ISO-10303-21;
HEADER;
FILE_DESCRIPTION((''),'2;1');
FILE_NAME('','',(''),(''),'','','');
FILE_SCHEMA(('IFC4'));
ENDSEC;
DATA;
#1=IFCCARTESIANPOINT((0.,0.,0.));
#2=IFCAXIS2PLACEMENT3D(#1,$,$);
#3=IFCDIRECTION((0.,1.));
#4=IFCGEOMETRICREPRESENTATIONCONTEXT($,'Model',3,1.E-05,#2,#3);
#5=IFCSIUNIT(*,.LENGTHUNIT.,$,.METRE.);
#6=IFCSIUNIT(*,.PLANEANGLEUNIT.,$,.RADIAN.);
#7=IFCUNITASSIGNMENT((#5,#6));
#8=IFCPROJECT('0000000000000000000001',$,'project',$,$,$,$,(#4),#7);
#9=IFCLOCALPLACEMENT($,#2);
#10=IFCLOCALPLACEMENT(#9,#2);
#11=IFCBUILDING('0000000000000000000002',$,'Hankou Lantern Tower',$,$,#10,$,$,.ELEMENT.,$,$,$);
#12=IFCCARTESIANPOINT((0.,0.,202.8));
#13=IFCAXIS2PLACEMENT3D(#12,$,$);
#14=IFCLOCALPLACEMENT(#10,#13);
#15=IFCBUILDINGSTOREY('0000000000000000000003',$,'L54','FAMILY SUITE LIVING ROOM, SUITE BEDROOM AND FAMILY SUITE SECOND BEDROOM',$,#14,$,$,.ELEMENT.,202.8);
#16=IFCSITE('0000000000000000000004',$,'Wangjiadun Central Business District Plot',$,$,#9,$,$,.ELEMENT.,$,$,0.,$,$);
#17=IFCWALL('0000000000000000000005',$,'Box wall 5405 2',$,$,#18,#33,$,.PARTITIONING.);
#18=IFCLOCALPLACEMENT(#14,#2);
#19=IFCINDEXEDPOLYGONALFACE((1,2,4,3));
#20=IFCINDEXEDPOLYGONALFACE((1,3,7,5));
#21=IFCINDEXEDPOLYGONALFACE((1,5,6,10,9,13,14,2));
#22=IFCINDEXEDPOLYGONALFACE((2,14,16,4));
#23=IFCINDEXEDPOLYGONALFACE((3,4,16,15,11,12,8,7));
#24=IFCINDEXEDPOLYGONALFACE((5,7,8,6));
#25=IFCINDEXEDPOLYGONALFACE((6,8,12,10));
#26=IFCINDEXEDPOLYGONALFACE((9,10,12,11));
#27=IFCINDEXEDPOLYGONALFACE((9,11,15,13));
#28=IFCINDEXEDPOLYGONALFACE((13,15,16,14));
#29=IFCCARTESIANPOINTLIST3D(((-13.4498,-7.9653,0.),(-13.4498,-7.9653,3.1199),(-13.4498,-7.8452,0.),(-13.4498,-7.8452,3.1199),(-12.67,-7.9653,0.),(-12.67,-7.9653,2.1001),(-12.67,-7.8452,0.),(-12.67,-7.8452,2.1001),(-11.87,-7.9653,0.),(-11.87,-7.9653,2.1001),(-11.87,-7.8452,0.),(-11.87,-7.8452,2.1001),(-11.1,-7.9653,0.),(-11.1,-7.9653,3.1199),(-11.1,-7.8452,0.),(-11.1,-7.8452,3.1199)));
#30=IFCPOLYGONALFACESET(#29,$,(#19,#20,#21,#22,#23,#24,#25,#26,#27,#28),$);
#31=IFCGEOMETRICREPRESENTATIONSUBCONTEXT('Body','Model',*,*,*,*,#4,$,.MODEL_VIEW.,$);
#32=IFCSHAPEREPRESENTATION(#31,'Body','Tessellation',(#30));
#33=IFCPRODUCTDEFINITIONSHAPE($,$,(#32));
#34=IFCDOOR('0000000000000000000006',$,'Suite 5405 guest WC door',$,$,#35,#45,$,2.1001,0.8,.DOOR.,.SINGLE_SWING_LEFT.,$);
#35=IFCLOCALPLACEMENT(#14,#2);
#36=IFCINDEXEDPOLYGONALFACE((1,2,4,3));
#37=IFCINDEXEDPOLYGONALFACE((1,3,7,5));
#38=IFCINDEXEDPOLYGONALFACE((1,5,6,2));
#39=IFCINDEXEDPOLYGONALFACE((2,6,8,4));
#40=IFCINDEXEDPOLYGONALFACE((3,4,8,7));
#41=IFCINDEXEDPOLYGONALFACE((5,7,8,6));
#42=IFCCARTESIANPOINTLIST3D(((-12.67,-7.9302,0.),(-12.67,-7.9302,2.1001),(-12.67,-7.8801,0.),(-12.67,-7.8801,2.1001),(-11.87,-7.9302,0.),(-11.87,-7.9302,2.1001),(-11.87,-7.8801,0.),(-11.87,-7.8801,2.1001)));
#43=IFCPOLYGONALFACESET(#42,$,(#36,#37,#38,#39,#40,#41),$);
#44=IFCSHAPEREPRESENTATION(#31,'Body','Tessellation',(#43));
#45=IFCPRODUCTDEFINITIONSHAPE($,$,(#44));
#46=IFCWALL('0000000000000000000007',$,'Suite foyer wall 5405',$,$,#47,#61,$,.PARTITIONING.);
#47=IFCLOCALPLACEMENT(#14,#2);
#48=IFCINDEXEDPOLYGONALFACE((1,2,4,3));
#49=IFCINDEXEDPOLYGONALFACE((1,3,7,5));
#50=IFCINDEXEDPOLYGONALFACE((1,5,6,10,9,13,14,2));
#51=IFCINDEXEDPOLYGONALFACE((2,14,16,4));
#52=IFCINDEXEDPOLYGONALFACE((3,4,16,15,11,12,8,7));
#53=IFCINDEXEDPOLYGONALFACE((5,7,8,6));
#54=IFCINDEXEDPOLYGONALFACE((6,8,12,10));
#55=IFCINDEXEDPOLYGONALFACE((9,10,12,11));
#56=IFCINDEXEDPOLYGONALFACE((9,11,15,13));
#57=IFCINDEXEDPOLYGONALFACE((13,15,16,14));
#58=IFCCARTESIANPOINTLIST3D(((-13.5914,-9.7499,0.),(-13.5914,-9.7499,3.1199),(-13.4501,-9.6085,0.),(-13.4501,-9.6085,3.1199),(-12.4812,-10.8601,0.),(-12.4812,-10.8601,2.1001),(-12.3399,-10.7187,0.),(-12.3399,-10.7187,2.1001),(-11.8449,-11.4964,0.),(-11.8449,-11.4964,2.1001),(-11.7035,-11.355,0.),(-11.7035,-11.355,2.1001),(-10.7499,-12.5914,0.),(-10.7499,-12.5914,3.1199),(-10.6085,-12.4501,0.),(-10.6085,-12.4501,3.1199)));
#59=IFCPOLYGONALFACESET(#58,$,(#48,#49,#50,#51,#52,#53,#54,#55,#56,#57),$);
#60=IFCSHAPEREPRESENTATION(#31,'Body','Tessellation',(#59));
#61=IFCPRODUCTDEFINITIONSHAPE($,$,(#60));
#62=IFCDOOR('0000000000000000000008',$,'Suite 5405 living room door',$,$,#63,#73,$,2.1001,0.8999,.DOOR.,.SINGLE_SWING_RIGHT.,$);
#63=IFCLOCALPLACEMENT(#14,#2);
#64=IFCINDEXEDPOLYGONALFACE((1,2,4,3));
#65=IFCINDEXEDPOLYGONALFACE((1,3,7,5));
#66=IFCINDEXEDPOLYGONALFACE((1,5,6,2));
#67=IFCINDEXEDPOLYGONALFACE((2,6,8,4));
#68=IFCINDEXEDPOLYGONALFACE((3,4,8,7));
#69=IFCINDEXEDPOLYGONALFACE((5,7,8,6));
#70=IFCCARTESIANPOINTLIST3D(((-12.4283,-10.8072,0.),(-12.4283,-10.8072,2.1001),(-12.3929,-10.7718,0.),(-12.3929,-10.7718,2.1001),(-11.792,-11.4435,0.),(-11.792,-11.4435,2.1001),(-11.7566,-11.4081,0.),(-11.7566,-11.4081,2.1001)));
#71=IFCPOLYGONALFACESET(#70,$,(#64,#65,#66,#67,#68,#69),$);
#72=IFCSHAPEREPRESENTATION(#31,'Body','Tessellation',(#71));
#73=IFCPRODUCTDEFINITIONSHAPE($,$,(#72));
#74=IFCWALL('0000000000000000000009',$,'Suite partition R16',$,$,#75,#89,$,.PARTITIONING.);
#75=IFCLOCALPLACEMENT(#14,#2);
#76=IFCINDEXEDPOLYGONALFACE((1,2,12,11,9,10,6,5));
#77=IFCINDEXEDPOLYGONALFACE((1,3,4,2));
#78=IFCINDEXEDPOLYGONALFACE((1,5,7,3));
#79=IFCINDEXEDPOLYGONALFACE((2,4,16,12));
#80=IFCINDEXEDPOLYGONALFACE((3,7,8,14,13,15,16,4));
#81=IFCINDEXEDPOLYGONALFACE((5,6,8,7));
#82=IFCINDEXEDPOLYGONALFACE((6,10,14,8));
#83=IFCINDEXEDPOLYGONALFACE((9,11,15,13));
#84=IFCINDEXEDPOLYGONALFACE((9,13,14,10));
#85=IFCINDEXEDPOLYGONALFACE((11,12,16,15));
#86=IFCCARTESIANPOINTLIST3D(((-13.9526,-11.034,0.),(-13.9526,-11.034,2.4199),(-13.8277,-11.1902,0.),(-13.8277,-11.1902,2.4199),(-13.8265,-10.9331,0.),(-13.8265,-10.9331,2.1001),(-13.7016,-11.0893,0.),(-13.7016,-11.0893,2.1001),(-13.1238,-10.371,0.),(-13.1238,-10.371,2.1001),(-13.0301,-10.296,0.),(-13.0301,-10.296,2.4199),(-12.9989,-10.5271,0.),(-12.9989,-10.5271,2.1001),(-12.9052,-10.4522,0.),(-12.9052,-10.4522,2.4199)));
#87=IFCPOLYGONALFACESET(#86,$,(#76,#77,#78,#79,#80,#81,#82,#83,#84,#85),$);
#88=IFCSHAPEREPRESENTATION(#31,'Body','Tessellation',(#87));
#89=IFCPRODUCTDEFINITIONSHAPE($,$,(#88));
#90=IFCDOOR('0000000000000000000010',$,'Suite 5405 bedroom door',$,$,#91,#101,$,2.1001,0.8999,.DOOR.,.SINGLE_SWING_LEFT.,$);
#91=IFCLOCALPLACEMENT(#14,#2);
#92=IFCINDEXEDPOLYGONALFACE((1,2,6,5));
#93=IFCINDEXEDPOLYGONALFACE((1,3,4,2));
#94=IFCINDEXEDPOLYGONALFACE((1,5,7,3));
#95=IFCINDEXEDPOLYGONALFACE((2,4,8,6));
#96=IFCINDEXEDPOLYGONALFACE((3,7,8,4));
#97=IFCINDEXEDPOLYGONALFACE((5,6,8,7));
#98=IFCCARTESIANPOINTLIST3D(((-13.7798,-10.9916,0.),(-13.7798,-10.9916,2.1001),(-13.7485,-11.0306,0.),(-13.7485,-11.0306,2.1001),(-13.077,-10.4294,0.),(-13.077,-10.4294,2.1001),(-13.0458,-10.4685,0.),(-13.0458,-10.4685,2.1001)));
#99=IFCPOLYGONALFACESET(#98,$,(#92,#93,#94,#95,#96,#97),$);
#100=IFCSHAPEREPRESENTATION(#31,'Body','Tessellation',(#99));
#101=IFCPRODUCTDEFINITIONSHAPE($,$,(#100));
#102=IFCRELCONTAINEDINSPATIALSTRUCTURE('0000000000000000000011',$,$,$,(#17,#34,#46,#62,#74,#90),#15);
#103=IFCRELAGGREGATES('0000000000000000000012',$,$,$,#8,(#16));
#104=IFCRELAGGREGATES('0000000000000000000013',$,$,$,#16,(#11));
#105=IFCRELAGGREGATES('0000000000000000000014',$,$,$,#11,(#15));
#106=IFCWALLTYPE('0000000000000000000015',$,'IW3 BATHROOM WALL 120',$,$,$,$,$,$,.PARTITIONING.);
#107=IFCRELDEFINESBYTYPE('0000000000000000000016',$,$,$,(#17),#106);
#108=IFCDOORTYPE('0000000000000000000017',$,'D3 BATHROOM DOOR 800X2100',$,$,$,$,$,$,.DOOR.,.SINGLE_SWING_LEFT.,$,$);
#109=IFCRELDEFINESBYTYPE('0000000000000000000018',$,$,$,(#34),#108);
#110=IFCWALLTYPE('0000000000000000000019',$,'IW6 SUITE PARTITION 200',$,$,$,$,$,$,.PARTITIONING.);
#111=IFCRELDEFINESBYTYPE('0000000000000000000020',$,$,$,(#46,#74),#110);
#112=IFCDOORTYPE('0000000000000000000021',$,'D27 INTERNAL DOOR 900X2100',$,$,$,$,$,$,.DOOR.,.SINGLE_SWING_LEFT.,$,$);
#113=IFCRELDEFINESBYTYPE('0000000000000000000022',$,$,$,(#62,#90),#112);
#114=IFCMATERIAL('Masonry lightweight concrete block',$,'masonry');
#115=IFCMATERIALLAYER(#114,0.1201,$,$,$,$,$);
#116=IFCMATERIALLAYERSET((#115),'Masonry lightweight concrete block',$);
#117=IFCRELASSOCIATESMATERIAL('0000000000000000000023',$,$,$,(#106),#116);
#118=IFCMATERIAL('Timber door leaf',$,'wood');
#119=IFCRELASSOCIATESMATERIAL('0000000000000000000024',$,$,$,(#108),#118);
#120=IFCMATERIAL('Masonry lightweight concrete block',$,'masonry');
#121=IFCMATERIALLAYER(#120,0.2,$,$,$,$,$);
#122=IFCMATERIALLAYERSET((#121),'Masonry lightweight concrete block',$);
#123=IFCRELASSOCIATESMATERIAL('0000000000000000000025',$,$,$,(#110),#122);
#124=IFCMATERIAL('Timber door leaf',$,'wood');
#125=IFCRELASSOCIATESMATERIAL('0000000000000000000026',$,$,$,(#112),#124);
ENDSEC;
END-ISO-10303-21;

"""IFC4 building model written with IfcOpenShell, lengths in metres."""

from ifc_helpers import new_model, si_unit, direction, frame, frame_2d, origin, place, context, subcontext, project, spatial, rectangle, extrude, material, layer, layer_set, type_object, element, fill, save


model = new_model("IFC4")

# Units and contexts
model_context = context("Model", 3, precision=1e-05, world=origin(), true_north=direction((0.0, 1.0)))
body_context = subcontext(model_context, "Body", "Model", "MODEL_VIEW")
ifc_project = project(units=[si_unit("LENGTHUNIT", "METRE"), si_unit("PLANEANGLEUNIT", "RADIAN")], contexts=[model_context])

# Site, building, storey
site_placement = place(None, origin())
site = spatial("IfcSite", under=ifc_project, at=site_placement, Name="Wangjiadun Central Business District Plot", CompositionType="ELEMENT", RefElevation=0.0)
building_placement = place(site_placement, origin())
building = spatial("IfcBuilding", under=site, at=building_placement, Name="Hankou Lantern Tower", CompositionType="ELEMENT")
storey_placement = place(building_placement, frame((0.0, 0.0, 202.8)))
storey = spatial("IfcBuildingStorey", under=building, at=storey_placement, Name="L54", Description="FAMILY SUITE LIVING ROOM, SUITE BEDROOM AND FAMILY SUITE SECOND BEDROOM", CompositionType="ELEMENT", Elevation=202.8)

# Walls, openings, doors
ifc_material_1 = material(Name="Masonry lightweight concrete block", Category="masonry")
ifc_layer_1 = layer(ifc_material_1, 0.1201)
ifc_layer_set_1 = layer_set([ifc_layer_1], Name="Masonry lightweight concrete block")
wall_type_1 = type_object("IfcWallType", Name="IW3 BATHROOM WALL 120", PredefinedType="PARTITIONING", material=ifc_layer_set_1)
wall_1_placement = place(storey_placement, frame((-11.1001, -7.9053, 0.0), z_axis=(0.0, 0.0, 1.0), x_axis=(-1.0, 0.0, 0.0)))
wall_1 = element("IfcWall", 1, at=wall_1_placement, inside=storey, type_object=wall_type_1, Name="Box wall 5405 2", PredefinedType="PARTITIONING", context=body_context, shape_type="SweptSolid", body=[
    extrude(rectangle(XDim=2.3499, YDim=0.1201, at=frame_2d((1.1748, 0.0))), origin(), (0.0, 0.0, 1.0), 3.1199),
])
opening_1_placement = place(wall_1_placement, frame((0.77, 0.0, 0.0)))
opening_1 = element("IfcOpeningElement", 2, at=opening_1_placement, cuts=wall_1, PredefinedType="OPENING", context=body_context, shape_type="SweptSolid", body=[
    extrude(rectangle(XDim=0.8, YDim=2.1001, at=frame_2d((0.3999, 1.05))), frame((0.0, 0.0701, 0.0), z_axis=(0.0, -1.0, 0.0), x_axis=(1.0, 0.0, 0.0)), (0.0, 0.0, 1.0), 0.1401),
])
ifc_material_2 = material(Name="Timber door leaf", Category="wood")
door_type_1 = type_object("IfcDoorType", Name="D3 BATHROOM DOOR 800X2100", OperationType="SINGLE_SWING_LEFT", PredefinedType="DOOR", material=ifc_material_2)
door_1_placement = place(opening_1_placement, origin())
door_1 = element("IfcDoor", 3, at=door_1_placement, inside=storey, type_object=door_type_1, Name="Suite 5405 guest WC door", OperationType="SINGLE_SWING_LEFT", OverallHeight=2.1001, OverallWidth=0.8, PredefinedType="DOOR", context=body_context, shape_type="SweptSolid", body=[
    extrude(rectangle(XDim=0.8, YDim=2.1001, at=frame_2d((0.3999, 1.05))), frame((0.0, 0.0249, 0.0), z_axis=(0.0, -1.0, 0.0), x_axis=(1.0, 0.0, 0.0)), (0.0, 0.0, 1.0), 0.05),
])
fill(opening_1, door_1)
ifc_material_3 = material(Name="Masonry lightweight concrete block", Category="masonry")
ifc_layer_2 = layer(ifc_material_3, 0.2)
ifc_layer_set_2 = layer_set([ifc_layer_2], Name="Masonry lightweight concrete block")
wall_type_2 = type_object("IfcWallType", Name="IW6 SUITE PARTITION 200", PredefinedType="PARTITIONING", material=ifc_layer_set_2)
wall_2_placement = place(storey_placement, frame((-13.5208, -9.6792, 0.0), z_axis=(0.0, 0.0, 1.0), x_axis=(0.707107, -0.707107, 0.0)))
wall_2 = element("IfcWall", 4, at=wall_2_placement, inside=storey, type_object=wall_type_2, Name="Suite foyer wall 5405", PredefinedType="PARTITIONING", context=body_context, shape_type="SweptSolid", body=[
    extrude(rectangle(XDim=4.0186, YDim=0.2, at=frame_2d((2.0093, 0.0))), origin(), (0.0, 0.0, 1.0), 3.1199),
])
opening_2_placement = place(wall_2_placement, frame((1.5701, 0.0, 0.0)))
opening_2 = element("IfcOpeningElement", 5, at=opening_2_placement, cuts=wall_2, PredefinedType="OPENING", context=body_context, shape_type="SweptSolid", body=[
    extrude(rectangle(XDim=0.8999, YDim=2.1001, at=frame_2d((0.45, 1.05))), frame((0.0, 0.1099, 0.0), z_axis=(0.0, -1.0, 0.0), x_axis=(1.0, 0.0, 0.0)), (0.0, 0.0, 1.0), 0.22),
])
ifc_material_4 = material(Name="Timber door leaf", Category="wood")
door_type_2 = type_object("IfcDoorType", Name="D27 INTERNAL DOOR 900X2100", OperationType="SINGLE_SWING_LEFT", PredefinedType="DOOR", material=ifc_material_4)
door_2_placement = place(opening_2_placement, origin())
door_2 = element("IfcDoor", 6, at=door_2_placement, inside=storey, type_object=door_type_2, Name="Suite 5405 living room door", OperationType="SINGLE_SWING_RIGHT", OverallHeight=2.1001, OverallWidth=0.8999, PredefinedType="DOOR", context=body_context, shape_type="SweptSolid", body=[
    extrude(rectangle(XDim=0.8999, YDim=2.1001, at=frame_2d((0.45, 1.05))), frame((0.0, 0.0249, 0.0), z_axis=(0.0, -1.0, 0.0), x_axis=(1.0, 0.0, 0.0)), (0.0, 0.0, 1.0), 0.05),
])
fill(opening_2, door_2)
wall_3_placement = place(storey_placement, frame((-12.9675, -10.374, 0.0), z_axis=(0.0, 0.0, 1.0), x_axis=(-0.780889, -0.62467, 0.0)))
wall_3 = element("IfcWall", 7, at=wall_3_placement, inside=storey, type_object=wall_type_2, Name="Suite partition R16", PredefinedType="PARTITIONING", context=body_context, shape_type="SweptSolid", body=[
    extrude(rectangle(XDim=1.1814, YDim=0.2, at=frame_2d((0.5908, 0.0))), origin(), (0.0, 0.0, 1.0), 2.4199),
])
opening_3_placement = place(wall_3_placement, frame((0.1201, 0.0, 0.0)))
opening_3 = element("IfcOpeningElement", 8, at=opening_3_placement, cuts=wall_3, PredefinedType="OPENING", context=body_context, shape_type="SweptSolid", body=[
    extrude(rectangle(XDim=0.8999, YDim=2.1001, at=frame_2d((0.45, 1.05))), frame((0.0, 0.1099, 0.0), z_axis=(0.0, -1.0, 0.0), x_axis=(1.0, 0.0, 0.0)), (0.0, 0.0, 1.0), 0.22),
])
door_3_placement = place(opening_3_placement, origin())
door_3 = element("IfcDoor", 9, at=door_3_placement, inside=storey, type_object=door_type_2, Name="Suite 5405 bedroom door", OperationType="SINGLE_SWING_LEFT", OverallHeight=2.1001, OverallWidth=0.8999, PredefinedType="DOOR", context=body_context, shape_type="SweptSolid", body=[
    extrude(rectangle(XDim=0.8999, YDim=2.1001, at=frame_2d((0.45, 1.05))), frame((0.0, 0.0249, 0.0), z_axis=(0.0, -1.0, 0.0), x_axis=(1.0, 0.0, 0.0)), (0.0, 0.0, 1.0), 0.05),
])
fill(opening_3, door_3)

save(model, "model.ifc")
